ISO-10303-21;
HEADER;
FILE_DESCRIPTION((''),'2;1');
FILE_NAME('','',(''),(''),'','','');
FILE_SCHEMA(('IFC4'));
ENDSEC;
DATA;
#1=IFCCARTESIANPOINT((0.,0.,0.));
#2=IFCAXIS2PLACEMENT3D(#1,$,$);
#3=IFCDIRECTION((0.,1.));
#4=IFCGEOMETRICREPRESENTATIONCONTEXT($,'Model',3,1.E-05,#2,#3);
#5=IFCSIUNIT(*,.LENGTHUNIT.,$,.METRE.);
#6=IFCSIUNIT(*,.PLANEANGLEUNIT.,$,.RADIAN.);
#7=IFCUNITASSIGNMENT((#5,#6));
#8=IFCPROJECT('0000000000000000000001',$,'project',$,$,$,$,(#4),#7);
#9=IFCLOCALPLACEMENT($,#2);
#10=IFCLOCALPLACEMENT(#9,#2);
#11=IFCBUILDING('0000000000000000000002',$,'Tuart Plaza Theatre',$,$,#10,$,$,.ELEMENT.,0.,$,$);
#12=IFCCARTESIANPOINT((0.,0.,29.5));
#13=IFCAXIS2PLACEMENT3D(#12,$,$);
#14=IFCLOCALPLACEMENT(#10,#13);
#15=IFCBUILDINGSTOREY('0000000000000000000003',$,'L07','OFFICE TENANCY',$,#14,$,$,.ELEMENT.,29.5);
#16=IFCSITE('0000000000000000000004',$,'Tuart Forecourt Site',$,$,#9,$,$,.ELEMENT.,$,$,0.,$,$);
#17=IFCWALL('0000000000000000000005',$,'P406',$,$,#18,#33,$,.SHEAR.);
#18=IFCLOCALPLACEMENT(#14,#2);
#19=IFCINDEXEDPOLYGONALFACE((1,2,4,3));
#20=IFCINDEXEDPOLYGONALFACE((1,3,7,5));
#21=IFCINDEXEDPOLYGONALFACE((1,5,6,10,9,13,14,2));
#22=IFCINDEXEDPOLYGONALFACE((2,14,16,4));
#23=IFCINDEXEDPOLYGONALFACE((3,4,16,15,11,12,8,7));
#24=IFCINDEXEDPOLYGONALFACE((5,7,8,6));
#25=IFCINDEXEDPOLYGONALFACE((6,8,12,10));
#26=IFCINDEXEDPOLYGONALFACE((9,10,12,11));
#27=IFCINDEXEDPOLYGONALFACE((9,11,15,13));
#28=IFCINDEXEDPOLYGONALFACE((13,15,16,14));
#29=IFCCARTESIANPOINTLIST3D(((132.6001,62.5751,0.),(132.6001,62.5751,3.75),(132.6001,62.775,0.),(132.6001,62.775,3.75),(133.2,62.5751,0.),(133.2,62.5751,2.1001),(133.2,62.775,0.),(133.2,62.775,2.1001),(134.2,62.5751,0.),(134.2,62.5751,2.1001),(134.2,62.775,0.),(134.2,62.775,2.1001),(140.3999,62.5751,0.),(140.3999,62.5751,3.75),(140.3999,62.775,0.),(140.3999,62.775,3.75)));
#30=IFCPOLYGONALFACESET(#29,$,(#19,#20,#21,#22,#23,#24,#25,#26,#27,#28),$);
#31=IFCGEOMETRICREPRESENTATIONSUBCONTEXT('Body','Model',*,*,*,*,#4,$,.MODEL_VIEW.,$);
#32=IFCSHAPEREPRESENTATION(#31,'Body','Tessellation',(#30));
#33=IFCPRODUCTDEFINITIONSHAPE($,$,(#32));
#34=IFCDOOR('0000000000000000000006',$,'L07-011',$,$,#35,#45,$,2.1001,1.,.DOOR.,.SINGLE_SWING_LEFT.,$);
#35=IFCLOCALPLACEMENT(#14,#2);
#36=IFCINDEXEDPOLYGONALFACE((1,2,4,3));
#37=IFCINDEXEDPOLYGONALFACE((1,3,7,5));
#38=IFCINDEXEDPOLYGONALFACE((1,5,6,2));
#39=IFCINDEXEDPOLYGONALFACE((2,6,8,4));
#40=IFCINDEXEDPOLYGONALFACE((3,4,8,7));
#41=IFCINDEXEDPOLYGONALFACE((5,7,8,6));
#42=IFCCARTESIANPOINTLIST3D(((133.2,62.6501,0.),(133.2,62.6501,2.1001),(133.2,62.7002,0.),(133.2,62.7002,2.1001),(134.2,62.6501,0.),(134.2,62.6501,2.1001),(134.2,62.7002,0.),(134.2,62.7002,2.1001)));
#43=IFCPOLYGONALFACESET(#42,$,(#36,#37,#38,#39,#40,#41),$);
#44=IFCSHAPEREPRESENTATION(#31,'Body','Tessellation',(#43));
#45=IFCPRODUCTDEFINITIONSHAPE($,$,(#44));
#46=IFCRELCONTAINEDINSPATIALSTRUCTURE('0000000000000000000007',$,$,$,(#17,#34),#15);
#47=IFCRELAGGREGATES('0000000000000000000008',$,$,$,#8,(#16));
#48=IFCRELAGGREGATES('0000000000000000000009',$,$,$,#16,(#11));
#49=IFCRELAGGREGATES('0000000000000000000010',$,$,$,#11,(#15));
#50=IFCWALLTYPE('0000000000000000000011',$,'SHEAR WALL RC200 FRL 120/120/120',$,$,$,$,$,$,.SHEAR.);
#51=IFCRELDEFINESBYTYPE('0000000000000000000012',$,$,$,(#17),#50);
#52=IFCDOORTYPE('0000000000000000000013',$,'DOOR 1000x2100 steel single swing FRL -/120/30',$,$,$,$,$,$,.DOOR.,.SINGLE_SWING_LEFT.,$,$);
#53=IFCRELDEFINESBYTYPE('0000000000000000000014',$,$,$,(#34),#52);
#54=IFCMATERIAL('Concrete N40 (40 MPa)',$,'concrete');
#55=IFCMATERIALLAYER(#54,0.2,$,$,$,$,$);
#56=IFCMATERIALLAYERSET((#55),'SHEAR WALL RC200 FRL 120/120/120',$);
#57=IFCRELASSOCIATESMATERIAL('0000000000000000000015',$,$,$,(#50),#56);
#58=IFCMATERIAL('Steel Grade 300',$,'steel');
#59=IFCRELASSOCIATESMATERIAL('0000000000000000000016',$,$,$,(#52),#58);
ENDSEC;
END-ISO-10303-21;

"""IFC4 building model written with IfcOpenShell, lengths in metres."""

from ifc_helpers import new_model, si_unit, direction, frame, frame_2d, origin, place, context, subcontext, project, spatial, rectangle, extrude, material, layer, layer_set, type_object, element, fill, save


model = new_model("IFC4")

# Units and contexts
model_context = context("Model", 3, precision=1e-05, world=origin(), true_north=direction((0.0, 1.0)))
body_context = subcontext(model_context, "Body", "Model", "MODEL_VIEW")
ifc_project = project(units=[si_unit("LENGTHUNIT", "METRE"), si_unit("PLANEANGLEUNIT", "RADIAN")], contexts=[model_context])

# Site, building, storey
site_placement = place(None, origin())
site = spatial("IfcSite", under=ifc_project, at=site_placement, Name="Tuart Forecourt Site", CompositionType="ELEMENT", RefElevation=0.0)
building_placement = place(site_placement, origin())
building = spatial("IfcBuilding", under=site, at=building_placement, Name="Tuart Plaza Theatre", CompositionType="ELEMENT", ElevationOfRefHeight=0.0)
storey_placement = place(building_placement, frame((0.0, 0.0, 29.5)))
storey = spatial("IfcBuildingStorey", under=building, at=storey_placement, Name="L07", Description="OFFICE TENANCY", CompositionType="ELEMENT", Elevation=29.5)

# Wall, opening, door
ifc_material_1 = material(Name="Concrete N40 (40 MPa)", Category="concrete")
ifc_layer_1 = layer(ifc_material_1, 0.2)
ifc_layer_set_1 = layer_set([ifc_layer_1], Name="SHEAR WALL RC200 FRL 120/120/120")
wall_type_1 = type_object("IfcWallType", Name="SHEAR WALL RC200 FRL 120/120/120", PredefinedType="SHEAR", material=ifc_layer_set_1)
wall_1_placement = place(storey_placement, frame((140.3999, 62.675, 0.0), z_axis=(0.0, 0.0, 1.0), x_axis=(-1.0, 0.0, 0.0)))
wall_1 = element("IfcWall", 1, at=wall_1_placement, inside=storey, type_object=wall_type_1, Name="P406", PredefinedType="SHEAR", context=body_context, shape_type="SweptSolid", body=[
    extrude(rectangle(XDim=7.7998, YDim=0.2, at=frame_2d((3.8999, 0.0))), origin(), (0.0, 0.0, 1.0), 3.75),
])
opening_placement = place(wall_1_placement, frame((6.2, 0.0, 0.0)))
opening = element("IfcOpeningElement", 2, at=opening_placement, cuts=wall_1, PredefinedType="OPENING", context=body_context, shape_type="SweptSolid", body=[
    extrude(rectangle(XDim=1.0, YDim=2.1001, at=frame_2d((0.5, 1.05))), frame((0.0, 0.1099, 0.0), z_axis=(0.0, -1.0, 0.0), x_axis=(1.0, 0.0, 0.0)), (0.0, 0.0, 1.0), 0.22),
])
ifc_material_2 = material(Name="Steel Grade 300", Category="steel")
door_type = type_object("IfcDoorType", Name="DOOR 1000x2100 steel single swing FRL -/120/30", OperationType="SINGLE_SWING_LEFT", PredefinedType="DOOR", material=ifc_material_2)
door_placement = place(opening_placement, origin())
door = element("IfcDoor", 3, at=door_placement, inside=storey, type_object=door_type, Name="L07-011", OperationType="SINGLE_SWING_LEFT", OverallHeight=2.1001, OverallWidth=1.0, PredefinedType="DOOR", context=body_context, shape_type="SweptSolid", body=[
    extrude(rectangle(XDim=1.0, YDim=2.1001, at=frame_2d((0.5, 1.05))), frame((0.0, 0.0249, 0.0), z_axis=(0.0, -1.0, 0.0), x_axis=(1.0, 0.0, 0.0)), (0.0, 0.0, 1.0), 0.05),
])
fill(opening, door)

save(model, "model.ifc")
